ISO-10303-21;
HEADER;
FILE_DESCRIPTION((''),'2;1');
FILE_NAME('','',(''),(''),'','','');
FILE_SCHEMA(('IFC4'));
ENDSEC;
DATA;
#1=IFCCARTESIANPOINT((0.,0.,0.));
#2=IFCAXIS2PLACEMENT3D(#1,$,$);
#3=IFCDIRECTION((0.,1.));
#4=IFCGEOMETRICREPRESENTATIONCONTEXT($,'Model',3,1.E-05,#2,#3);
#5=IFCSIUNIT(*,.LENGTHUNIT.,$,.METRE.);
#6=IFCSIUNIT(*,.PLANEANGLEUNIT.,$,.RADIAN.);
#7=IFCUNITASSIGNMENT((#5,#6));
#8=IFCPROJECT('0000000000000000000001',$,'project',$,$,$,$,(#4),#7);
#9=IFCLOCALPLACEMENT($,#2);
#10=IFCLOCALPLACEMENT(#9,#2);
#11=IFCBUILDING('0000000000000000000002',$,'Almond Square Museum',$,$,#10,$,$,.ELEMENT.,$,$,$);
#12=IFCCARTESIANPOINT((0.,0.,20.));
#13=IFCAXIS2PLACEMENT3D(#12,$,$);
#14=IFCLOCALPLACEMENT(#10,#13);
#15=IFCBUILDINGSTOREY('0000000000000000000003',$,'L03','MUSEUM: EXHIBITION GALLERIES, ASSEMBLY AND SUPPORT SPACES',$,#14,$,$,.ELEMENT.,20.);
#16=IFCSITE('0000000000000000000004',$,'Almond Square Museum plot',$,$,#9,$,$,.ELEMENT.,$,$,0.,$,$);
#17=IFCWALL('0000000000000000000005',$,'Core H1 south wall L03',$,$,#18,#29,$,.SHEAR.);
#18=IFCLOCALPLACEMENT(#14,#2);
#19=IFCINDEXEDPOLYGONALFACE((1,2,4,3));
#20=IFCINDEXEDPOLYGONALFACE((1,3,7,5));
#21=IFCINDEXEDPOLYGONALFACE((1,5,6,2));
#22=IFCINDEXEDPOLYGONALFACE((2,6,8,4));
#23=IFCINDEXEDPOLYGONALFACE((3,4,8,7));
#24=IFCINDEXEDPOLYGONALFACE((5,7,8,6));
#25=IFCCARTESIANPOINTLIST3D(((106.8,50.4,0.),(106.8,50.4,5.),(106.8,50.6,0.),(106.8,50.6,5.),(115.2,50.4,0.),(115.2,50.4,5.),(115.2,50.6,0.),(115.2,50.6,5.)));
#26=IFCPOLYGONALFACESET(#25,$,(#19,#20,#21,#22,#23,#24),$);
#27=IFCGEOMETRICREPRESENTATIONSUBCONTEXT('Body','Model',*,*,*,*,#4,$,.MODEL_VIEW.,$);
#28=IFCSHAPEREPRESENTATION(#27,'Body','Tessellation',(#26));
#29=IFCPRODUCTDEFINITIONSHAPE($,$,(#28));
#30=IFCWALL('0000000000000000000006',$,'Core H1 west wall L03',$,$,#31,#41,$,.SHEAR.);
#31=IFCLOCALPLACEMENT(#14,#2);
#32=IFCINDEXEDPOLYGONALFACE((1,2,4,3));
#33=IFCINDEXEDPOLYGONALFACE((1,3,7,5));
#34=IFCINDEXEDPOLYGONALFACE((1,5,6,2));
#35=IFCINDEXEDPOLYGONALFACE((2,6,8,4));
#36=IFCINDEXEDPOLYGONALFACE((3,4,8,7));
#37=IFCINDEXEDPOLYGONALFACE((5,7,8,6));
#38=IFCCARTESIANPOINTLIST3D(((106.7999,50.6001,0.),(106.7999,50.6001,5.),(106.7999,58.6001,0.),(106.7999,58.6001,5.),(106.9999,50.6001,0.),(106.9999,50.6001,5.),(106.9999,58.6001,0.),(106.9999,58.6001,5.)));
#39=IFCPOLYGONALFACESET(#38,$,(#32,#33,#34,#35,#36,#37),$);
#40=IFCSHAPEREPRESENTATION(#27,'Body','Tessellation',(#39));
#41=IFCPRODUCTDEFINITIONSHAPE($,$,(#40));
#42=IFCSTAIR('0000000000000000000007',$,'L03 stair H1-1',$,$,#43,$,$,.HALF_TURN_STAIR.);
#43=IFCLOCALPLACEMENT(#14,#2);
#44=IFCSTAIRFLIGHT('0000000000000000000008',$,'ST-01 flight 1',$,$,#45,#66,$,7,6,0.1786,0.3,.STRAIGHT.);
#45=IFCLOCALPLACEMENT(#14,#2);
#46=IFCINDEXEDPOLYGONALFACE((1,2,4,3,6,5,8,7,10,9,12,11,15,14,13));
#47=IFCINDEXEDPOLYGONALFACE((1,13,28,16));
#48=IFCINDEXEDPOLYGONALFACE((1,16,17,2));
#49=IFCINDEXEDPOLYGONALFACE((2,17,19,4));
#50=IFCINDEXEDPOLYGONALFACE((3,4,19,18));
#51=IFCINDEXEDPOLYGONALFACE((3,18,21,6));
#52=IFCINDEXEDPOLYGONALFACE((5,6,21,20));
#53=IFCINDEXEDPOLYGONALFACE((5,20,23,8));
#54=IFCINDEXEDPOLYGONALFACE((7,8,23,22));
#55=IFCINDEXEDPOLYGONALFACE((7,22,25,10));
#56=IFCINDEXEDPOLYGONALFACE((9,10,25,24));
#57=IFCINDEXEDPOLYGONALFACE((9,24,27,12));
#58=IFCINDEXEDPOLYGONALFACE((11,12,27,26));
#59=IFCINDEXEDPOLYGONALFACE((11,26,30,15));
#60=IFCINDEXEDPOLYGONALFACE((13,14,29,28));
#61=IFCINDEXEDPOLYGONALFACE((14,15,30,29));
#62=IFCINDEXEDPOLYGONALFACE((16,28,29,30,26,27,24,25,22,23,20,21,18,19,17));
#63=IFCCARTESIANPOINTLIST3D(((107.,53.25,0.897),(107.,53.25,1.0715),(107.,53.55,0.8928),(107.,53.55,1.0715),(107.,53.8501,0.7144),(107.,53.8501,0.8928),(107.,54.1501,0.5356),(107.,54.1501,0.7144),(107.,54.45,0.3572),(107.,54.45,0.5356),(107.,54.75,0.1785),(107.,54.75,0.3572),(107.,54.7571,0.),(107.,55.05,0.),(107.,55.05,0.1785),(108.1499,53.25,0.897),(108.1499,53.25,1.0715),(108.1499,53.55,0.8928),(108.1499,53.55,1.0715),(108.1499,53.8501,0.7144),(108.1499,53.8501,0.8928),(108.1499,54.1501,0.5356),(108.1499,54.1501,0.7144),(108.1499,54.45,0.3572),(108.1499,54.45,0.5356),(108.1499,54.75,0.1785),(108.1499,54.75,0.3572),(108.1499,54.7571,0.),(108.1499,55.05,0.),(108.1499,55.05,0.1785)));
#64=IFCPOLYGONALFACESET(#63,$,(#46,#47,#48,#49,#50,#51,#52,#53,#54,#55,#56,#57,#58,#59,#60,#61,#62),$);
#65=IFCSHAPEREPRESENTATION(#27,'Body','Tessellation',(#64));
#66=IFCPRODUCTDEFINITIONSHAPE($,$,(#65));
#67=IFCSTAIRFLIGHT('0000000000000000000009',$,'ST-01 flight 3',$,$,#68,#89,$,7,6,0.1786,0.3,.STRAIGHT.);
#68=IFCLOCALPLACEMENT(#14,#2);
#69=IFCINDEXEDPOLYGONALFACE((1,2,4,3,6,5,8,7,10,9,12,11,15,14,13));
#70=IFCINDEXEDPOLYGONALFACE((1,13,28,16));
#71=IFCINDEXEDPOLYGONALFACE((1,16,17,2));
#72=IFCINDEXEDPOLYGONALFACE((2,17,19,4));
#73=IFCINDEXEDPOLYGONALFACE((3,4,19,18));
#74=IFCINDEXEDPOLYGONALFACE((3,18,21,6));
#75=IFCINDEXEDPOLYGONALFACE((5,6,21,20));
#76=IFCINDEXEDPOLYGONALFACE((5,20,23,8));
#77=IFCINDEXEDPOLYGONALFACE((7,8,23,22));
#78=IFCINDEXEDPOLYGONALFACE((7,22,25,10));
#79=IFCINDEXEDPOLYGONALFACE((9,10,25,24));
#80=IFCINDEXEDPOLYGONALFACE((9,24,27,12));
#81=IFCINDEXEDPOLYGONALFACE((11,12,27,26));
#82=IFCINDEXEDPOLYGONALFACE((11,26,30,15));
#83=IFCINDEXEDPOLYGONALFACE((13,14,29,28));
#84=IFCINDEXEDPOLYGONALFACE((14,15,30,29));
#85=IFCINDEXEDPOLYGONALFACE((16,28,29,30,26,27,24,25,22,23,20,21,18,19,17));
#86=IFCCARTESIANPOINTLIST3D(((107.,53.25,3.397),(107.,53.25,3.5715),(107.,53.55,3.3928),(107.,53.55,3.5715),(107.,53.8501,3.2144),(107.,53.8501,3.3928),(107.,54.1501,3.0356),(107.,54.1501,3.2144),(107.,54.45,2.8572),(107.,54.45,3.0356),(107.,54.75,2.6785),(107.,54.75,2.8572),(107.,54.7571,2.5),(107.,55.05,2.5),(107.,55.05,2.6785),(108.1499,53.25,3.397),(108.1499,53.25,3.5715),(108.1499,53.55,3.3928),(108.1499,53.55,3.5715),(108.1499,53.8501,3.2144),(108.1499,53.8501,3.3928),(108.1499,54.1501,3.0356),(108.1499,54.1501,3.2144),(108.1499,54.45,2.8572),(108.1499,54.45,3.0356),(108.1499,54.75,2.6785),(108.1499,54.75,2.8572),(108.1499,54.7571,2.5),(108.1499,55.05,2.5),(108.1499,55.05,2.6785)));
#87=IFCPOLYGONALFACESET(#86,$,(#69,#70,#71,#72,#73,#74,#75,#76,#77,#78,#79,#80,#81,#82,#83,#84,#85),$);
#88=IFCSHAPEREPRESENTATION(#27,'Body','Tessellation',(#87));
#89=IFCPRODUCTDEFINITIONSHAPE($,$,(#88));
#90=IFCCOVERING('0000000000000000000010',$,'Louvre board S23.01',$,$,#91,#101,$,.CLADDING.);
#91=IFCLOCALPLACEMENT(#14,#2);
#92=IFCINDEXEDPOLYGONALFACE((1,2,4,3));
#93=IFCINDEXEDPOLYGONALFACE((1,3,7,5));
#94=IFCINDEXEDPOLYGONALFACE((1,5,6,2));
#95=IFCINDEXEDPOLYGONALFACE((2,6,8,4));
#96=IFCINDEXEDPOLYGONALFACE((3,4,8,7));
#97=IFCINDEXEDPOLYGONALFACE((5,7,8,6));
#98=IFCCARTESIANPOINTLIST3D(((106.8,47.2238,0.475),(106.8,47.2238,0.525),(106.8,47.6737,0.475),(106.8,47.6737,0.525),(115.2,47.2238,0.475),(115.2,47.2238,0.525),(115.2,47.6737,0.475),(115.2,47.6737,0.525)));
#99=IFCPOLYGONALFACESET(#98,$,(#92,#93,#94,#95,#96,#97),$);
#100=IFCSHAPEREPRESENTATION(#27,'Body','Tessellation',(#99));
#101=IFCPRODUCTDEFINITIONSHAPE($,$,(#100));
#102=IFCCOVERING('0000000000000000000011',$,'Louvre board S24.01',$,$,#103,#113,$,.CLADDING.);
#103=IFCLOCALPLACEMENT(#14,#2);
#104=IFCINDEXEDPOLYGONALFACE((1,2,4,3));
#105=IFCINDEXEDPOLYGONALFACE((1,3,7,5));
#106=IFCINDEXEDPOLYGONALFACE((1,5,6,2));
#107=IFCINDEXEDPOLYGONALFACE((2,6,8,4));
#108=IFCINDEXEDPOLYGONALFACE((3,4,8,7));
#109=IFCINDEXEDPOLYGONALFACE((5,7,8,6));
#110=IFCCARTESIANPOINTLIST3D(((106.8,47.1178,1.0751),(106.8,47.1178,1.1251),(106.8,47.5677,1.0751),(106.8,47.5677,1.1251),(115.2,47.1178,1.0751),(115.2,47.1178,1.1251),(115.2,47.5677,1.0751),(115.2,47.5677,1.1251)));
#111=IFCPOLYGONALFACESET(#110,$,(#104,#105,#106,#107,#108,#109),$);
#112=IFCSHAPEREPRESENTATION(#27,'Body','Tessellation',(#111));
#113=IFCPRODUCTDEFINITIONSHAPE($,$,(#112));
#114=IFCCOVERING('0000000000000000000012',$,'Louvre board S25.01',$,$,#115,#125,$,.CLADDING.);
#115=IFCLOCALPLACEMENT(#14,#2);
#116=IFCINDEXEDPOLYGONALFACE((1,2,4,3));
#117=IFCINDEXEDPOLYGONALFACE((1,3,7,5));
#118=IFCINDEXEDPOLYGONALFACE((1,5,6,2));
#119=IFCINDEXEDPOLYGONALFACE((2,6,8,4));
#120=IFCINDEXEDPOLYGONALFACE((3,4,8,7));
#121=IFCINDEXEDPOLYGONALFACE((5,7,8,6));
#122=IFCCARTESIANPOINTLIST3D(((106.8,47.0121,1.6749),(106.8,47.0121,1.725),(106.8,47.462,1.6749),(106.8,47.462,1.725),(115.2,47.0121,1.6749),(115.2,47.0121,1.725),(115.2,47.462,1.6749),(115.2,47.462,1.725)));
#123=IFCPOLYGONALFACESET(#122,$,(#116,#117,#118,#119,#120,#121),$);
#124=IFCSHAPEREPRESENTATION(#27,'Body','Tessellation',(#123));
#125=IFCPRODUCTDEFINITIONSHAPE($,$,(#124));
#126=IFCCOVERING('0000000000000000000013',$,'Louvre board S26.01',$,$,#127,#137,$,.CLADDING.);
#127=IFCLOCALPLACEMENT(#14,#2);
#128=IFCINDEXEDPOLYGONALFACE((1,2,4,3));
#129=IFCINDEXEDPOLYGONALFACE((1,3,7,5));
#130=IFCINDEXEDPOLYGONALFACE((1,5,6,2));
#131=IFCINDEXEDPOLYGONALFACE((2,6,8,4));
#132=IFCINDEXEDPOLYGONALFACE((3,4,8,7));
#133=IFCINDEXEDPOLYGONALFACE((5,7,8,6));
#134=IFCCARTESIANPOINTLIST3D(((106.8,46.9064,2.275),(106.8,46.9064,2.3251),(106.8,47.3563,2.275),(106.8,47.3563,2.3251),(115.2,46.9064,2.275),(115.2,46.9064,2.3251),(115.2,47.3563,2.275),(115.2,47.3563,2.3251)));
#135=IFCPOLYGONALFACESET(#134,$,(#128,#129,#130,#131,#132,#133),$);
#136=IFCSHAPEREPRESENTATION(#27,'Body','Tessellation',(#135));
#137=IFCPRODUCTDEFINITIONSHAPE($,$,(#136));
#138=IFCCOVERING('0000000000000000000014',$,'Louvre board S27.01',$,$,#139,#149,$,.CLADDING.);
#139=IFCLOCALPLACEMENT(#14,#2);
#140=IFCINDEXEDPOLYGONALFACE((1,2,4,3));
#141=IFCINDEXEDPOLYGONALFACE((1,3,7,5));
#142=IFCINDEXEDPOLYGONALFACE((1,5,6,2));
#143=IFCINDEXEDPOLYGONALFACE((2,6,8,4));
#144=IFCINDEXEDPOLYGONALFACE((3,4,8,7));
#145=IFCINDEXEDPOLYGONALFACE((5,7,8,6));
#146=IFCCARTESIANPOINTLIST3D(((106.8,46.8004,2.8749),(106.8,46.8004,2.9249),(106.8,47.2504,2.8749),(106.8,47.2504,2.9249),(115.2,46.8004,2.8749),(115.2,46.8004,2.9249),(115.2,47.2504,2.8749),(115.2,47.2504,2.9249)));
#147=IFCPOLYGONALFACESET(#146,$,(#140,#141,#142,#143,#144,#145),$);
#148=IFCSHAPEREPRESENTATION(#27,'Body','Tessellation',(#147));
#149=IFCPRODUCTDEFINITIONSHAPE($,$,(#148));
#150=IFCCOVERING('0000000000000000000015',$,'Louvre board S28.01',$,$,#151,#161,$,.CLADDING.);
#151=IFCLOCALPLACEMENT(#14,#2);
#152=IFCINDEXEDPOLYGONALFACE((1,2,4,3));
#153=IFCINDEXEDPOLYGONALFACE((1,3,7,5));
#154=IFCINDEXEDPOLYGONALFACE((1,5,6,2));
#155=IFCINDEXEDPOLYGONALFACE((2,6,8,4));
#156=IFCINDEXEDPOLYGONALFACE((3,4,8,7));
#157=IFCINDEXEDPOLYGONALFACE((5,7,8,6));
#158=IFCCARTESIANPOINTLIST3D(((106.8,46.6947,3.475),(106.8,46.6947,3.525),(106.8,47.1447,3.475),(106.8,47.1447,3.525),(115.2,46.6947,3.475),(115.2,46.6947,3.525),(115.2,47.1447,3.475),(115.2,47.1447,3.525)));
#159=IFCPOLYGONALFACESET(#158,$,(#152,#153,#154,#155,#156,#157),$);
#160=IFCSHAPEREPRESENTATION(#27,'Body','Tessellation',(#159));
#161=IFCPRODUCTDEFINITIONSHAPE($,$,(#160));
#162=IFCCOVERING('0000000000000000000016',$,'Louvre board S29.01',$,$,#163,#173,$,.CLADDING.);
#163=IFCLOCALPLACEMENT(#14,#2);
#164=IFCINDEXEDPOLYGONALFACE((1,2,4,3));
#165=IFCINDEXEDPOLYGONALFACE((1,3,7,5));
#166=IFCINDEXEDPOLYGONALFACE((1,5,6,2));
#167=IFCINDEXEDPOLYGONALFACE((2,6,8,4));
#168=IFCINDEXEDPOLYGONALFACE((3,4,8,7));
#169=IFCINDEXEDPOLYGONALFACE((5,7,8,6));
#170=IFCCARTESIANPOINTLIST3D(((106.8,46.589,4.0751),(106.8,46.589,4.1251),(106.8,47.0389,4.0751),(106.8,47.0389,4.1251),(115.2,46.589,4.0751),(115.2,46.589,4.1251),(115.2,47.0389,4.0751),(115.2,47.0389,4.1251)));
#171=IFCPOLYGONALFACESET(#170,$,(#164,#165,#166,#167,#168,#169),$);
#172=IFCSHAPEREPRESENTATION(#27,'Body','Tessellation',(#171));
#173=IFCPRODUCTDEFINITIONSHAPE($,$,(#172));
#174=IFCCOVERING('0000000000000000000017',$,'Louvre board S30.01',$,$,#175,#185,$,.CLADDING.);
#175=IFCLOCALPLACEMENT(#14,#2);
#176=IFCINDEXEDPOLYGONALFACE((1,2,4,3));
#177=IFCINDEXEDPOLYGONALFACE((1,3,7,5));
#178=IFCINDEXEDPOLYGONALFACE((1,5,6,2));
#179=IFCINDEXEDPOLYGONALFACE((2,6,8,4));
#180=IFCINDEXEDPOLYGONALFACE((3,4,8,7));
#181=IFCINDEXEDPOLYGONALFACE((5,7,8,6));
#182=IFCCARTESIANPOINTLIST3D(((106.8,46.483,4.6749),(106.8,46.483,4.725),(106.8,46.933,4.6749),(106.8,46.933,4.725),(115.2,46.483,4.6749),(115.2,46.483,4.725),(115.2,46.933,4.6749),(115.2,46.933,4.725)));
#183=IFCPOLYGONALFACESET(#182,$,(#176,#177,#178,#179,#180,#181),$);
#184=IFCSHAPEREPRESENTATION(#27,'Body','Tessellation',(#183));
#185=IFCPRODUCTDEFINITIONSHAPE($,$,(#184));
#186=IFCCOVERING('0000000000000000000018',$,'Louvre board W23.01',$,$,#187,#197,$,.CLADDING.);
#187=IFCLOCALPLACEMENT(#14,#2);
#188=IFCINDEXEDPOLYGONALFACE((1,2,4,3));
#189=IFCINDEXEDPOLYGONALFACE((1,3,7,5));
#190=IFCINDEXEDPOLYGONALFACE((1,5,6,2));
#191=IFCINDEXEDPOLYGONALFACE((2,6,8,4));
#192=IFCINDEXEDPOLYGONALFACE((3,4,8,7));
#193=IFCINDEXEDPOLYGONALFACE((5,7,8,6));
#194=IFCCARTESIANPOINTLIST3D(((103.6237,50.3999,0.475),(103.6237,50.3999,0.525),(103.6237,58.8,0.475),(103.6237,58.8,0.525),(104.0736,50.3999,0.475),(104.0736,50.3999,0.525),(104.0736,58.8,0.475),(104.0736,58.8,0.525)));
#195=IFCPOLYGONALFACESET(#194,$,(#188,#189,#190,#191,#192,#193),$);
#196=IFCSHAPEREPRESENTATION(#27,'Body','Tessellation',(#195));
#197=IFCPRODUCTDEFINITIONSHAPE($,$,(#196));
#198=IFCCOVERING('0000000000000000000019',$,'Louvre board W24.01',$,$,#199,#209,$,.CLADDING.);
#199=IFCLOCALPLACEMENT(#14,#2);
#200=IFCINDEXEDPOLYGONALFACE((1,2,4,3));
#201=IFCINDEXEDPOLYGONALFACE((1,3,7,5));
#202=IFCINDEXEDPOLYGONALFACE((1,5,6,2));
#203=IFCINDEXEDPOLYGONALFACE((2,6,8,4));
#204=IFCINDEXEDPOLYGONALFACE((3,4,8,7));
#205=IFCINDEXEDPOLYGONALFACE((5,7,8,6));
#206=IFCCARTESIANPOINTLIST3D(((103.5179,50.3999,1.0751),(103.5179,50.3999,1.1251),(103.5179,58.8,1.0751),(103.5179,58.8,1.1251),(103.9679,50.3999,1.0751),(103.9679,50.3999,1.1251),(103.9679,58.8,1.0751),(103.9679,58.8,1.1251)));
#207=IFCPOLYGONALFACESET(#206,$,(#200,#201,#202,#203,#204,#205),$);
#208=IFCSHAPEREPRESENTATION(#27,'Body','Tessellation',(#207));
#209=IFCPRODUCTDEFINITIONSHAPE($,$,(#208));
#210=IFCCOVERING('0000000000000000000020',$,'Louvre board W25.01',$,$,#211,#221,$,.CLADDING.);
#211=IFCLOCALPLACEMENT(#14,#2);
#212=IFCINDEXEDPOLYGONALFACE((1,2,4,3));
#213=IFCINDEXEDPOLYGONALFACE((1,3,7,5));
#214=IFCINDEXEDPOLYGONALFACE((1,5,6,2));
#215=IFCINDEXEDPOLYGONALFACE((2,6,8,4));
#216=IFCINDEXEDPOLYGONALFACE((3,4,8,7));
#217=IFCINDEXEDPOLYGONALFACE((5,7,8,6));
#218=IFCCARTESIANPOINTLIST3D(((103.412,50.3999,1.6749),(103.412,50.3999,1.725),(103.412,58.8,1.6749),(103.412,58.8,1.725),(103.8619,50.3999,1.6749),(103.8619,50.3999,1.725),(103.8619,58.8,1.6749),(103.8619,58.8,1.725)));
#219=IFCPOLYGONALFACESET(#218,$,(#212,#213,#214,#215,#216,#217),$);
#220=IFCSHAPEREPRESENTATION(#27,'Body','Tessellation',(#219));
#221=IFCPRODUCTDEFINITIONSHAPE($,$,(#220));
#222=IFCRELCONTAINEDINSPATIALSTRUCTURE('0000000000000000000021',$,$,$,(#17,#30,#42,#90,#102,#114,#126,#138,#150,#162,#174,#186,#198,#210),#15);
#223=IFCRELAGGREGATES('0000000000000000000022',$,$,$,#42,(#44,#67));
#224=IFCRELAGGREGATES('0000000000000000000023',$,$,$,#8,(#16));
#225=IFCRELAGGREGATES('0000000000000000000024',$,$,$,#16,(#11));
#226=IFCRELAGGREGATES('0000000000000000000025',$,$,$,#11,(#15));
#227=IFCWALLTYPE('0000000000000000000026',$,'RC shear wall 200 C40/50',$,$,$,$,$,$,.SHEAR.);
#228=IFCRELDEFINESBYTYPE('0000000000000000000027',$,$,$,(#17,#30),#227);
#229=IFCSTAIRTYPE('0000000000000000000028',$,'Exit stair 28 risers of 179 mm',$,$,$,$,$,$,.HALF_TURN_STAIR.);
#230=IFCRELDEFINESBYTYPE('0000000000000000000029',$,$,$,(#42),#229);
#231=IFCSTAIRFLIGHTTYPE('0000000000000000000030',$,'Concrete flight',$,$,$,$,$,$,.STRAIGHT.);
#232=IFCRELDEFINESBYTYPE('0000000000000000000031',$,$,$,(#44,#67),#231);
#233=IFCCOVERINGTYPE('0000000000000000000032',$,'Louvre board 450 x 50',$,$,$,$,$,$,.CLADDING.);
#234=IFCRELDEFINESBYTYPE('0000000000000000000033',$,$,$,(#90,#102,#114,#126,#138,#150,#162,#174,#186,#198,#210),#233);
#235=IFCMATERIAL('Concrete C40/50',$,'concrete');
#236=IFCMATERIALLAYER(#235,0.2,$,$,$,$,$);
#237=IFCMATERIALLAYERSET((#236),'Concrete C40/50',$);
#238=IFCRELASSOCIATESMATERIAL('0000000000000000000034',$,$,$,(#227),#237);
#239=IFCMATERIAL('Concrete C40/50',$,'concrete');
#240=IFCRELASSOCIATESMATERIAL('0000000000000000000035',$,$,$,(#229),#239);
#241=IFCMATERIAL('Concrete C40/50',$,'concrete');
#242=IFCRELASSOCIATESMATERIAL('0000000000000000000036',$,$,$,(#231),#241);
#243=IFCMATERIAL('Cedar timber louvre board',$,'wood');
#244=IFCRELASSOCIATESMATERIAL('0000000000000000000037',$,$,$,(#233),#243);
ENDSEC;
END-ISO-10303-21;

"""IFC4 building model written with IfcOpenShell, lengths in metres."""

from ifc_helpers import new_model, si_unit, direction, frame, frame_2d, origin, origin_2d, place, context, subcontext, project, spatial, polyline, rectangle, outline, extrude, material, layer, layer_set, material_profile, profile_set, type_object, element, aggregate, save


model = new_model("IFC4")

# Units and contexts
model_context = context("Model", 3, precision=1e-05, world=origin(), true_north=direction((0.0, 1.0)))
body_context = subcontext(model_context, "Body", "Model", "MODEL_VIEW")
ifc_project = project(units=[si_unit("LENGTHUNIT", "METRE"), si_unit("PLANEANGLEUNIT", "RADIAN")], contexts=[model_context])

# Site, building, storey
site_placement = place(None, origin())
site = spatial("IfcSite", under=ifc_project, at=site_placement, Name="Almond Square Museum plot", CompositionType="ELEMENT", RefElevation=0.0)
building_placement = place(site_placement, origin())
building = spatial("IfcBuilding", under=site, at=building_placement, Name="Almond Square Museum", CompositionType="ELEMENT")
storey_placement = place(building_placement, frame((0.0, 0.0, 20.0)))
storey = spatial("IfcBuildingStorey", under=building, at=storey_placement, Name="L03", Description="MUSEUM: EXHIBITION GALLERIES, ASSEMBLY AND SUPPORT SPACES", CompositionType="ELEMENT", Elevation=20.0)

# Walls
ifc_material_1 = material(Name="Concrete C40/50", Category="concrete")
ifc_layer_1 = layer(ifc_material_1, 0.2)
ifc_layer_set_1 = layer_set([ifc_layer_1], Name="Concrete C40/50")
wall_type = type_object("IfcWallType", Name="RC shear wall 200 C40/50", PredefinedType="SHEAR", material=ifc_layer_set_1)
wall_1_placement = place(storey_placement, frame((106.8, 50.5, 0.0), z_axis=(0.0, 0.0, 1.0), x_axis=(1.0, 0.0, 0.0)))
element("IfcWall", 1, at=wall_1_placement, inside=storey, type_object=wall_type, Name="Core H1 south wall L03", PredefinedType="SHEAR", context=body_context, shape_type="SweptSolid", body=[
    extrude(rectangle(XDim=8.3999, YDim=0.2, at=frame_2d((4.2, 0.0))), origin(), (0.0, 0.0, 1.0), 5.0),
])
wall_2_placement = place(storey_placement, frame((106.8999, 50.6001, 0.0), z_axis=(0.0, 0.0, 1.0), x_axis=(0.0, 1.0, 0.0)))
element("IfcWall", 2, at=wall_2_placement, inside=storey, type_object=wall_type, Name="Core H1 west wall L03", PredefinedType="SHEAR", context=body_context, shape_type="SweptSolid", body=[
    extrude(rectangle(XDim=8.0, YDim=0.2, at=frame_2d((4.0, 0.0))), origin(), (0.0, 0.0, 1.0), 5.0),
])

# Stair, stair flights
ifc_material_2 = material(Name="Concrete C40/50", Category="concrete")
stair_type = type_object("IfcStairType", Name="Exit stair 28 risers of 179 mm", PredefinedType="HALF_TURN_STAIR", material=ifc_material_2)
stair_placement = place(storey_placement, origin())
stair = element("IfcStair", 3, at=stair_placement, inside=storey, type_object=stair_type, Name="L03 stair H1-1", PredefinedType="HALF_TURN_STAIR")
ifc_material_3 = material(Name="Concrete C40/50", Category="concrete")
stair_flight_type = type_object("IfcStairFlightType", Name="Concrete flight", PredefinedType="STRAIGHT", material=ifc_material_3)
stair_flight_1_placement = place(storey_placement, frame((107.575, 55.05, 0.0), z_axis=(0.0, 0.0, 1.0), x_axis=(0.0, -1.0, 0.0)))
stair_flight_1 = element("IfcStairFlight", 4, at=stair_flight_1_placement, type_object=stair_flight_type, Name="ST-01 flight 1", NumberOfRisers=7, NumberOfTreads=6, PredefinedType="STRAIGHT", RiserHeight=0.1786, TreadLength=0.3, context=body_context, shape_type="SweptSolid", body=[
    extrude(outline(polyline([(0.0, 0.0), (0.0, 0.1785), (0.3, 0.1785), (0.3, 0.3572), (0.6001, 0.3572), (0.6001, 0.5356), (0.8999, 0.5356), (0.8999, 0.7144), (1.2, 0.7144), (1.2, 0.8928), (1.5, 0.8928), (1.5, 1.0715), (1.8, 1.0715), (1.8, 1.25), (1.8, 0.897), (0.293, 0.0), (0.0, 0.0)])), frame((0.0, 0.575, 0.0), z_axis=(0.0, -1.0, 0.0), x_axis=(1.0, 0.0, 0.0)), (0.0, 0.0, 1.0), 1.1499),
])
stair_flight_2_placement = place(storey_placement, frame((107.575, 55.05, 2.5), z_axis=(0.0, 0.0, 1.0), x_axis=(0.0, -1.0, 0.0)))
stair_flight_2 = element("IfcStairFlight", 5, at=stair_flight_2_placement, type_object=stair_flight_type, Name="ST-01 flight 3", NumberOfRisers=7, NumberOfTreads=6, PredefinedType="STRAIGHT", RiserHeight=0.1786, TreadLength=0.3, context=body_context, shape_type="SweptSolid", body=[
    extrude(outline(polyline([(0.0, 0.0), (0.0, 0.1785), (0.3, 0.1785), (0.3, 0.3572), (0.6001, 0.3572), (0.6001, 0.5356), (0.8999, 0.5356), (0.8999, 0.7144), (1.2, 0.7144), (1.2, 0.8928), (1.5, 0.8928), (1.5, 1.0715), (1.8, 1.0715), (1.8, 1.25), (1.8, 0.897), (0.293, 0.0), (0.0, 0.0)])), frame((0.0, 0.575, 0.0), z_axis=(0.0, -1.0, 0.0), x_axis=(1.0, 0.0, 0.0)), (0.0, 0.0, 1.0), 1.1499),
])
aggregate(stair, [stair_flight_1, stair_flight_2])

# Coverings
ifc_material_4 = material(Name="Cedar timber louvre board", Category="wood")
ifc_material_profile_1 = material_profile(ifc_material_4, rectangle(XDim=0.45, YDim=0.05, at=origin_2d()))
ifc_profile_set_1 = profile_set([ifc_material_profile_1], Name="Cedar timber louvre board")
covering_type_1 = type_object("IfcCoveringType", Name="Louvre board 450 x 50", PredefinedType="CLADDING", material=ifc_profile_set_1)
for number, where, z_axis, x_axis, name in (
    (6, (106.8, 47.4487, 0.5), (1.0, 0.0, 0.0), (0.0, 1.0, 0.0), "Louvre board S23.01"),
    (7, (106.8, 47.3428, 1.1001), (1.0, 0.0, 0.0), (0.0, 1.0, 0.0), "Louvre board S24.01"),
    (8, (106.8, 47.2371, 1.7), (1.0, 0.0, 0.0), (0.0, 1.0, 0.0), "Louvre board S25.01"),
    (9, (106.8, 47.1313, 2.3), (1.0, 0.0, 0.0), (0.0, 1.0, 0.0), "Louvre board S26.01"),
    (10, (106.8, 47.0254, 2.8999), (1.0, 0.0, 0.0), (0.0, 1.0, 0.0), "Louvre board S27.01"),
    (11, (106.8, 46.9197, 3.5), (1.0, 0.0, 0.0), (0.0, 1.0, 0.0), "Louvre board S28.01"),
    (12, (106.8, 46.814, 4.1001), (1.0, 0.0, 0.0), (0.0, 1.0, 0.0), "Louvre board S29.01"),
    (13, (106.8, 46.708, 4.7), (1.0, 0.0, 0.0), (0.0, 1.0, 0.0), "Louvre board S30.01"),
):
    element("IfcCovering", number, at=place(storey_placement, frame(where, z_axis=z_axis, x_axis=x_axis)), inside=storey, type_object=covering_type_1, Name=name, PredefinedType="CLADDING", context=body_context, shape_type="SweptSolid", body=[
        extrude(rectangle(XDim=0.45, YDim=0.05, at=origin_2d()), origin(), (0.0, 0.0, 1.0), 8.3999),
    ])
for number, where, z_axis, x_axis, name in (
    (14, (103.8486, 50.3999, 0.5), (0.0, 1.0, 0.0), (-1.0, 0.0, 0.0), "Louvre board W23.01"),
    (15, (103.7429, 50.3999, 1.1001), (0.0, 1.0, 0.0), (-1.0, 0.0, 0.0), "Louvre board W24.01"),
    (16, (103.637, 50.3999, 1.7), (0.0, 1.0, 0.0), (-1.0, 0.0, 0.0), "Louvre board W25.01"),
):
    element("IfcCovering", number, at=place(storey_placement, frame(where, z_axis=z_axis, x_axis=x_axis)), inside=storey, type_object=covering_type_1, Name=name, PredefinedType="CLADDING", context=body_context, shape_type="SweptSolid", body=[
        extrude(rectangle(XDim=0.45, YDim=0.05, at=origin_2d()), origin(), (0.0, 0.0, 1.0), 8.4001),
    ])

save(model, "model.ifc")
